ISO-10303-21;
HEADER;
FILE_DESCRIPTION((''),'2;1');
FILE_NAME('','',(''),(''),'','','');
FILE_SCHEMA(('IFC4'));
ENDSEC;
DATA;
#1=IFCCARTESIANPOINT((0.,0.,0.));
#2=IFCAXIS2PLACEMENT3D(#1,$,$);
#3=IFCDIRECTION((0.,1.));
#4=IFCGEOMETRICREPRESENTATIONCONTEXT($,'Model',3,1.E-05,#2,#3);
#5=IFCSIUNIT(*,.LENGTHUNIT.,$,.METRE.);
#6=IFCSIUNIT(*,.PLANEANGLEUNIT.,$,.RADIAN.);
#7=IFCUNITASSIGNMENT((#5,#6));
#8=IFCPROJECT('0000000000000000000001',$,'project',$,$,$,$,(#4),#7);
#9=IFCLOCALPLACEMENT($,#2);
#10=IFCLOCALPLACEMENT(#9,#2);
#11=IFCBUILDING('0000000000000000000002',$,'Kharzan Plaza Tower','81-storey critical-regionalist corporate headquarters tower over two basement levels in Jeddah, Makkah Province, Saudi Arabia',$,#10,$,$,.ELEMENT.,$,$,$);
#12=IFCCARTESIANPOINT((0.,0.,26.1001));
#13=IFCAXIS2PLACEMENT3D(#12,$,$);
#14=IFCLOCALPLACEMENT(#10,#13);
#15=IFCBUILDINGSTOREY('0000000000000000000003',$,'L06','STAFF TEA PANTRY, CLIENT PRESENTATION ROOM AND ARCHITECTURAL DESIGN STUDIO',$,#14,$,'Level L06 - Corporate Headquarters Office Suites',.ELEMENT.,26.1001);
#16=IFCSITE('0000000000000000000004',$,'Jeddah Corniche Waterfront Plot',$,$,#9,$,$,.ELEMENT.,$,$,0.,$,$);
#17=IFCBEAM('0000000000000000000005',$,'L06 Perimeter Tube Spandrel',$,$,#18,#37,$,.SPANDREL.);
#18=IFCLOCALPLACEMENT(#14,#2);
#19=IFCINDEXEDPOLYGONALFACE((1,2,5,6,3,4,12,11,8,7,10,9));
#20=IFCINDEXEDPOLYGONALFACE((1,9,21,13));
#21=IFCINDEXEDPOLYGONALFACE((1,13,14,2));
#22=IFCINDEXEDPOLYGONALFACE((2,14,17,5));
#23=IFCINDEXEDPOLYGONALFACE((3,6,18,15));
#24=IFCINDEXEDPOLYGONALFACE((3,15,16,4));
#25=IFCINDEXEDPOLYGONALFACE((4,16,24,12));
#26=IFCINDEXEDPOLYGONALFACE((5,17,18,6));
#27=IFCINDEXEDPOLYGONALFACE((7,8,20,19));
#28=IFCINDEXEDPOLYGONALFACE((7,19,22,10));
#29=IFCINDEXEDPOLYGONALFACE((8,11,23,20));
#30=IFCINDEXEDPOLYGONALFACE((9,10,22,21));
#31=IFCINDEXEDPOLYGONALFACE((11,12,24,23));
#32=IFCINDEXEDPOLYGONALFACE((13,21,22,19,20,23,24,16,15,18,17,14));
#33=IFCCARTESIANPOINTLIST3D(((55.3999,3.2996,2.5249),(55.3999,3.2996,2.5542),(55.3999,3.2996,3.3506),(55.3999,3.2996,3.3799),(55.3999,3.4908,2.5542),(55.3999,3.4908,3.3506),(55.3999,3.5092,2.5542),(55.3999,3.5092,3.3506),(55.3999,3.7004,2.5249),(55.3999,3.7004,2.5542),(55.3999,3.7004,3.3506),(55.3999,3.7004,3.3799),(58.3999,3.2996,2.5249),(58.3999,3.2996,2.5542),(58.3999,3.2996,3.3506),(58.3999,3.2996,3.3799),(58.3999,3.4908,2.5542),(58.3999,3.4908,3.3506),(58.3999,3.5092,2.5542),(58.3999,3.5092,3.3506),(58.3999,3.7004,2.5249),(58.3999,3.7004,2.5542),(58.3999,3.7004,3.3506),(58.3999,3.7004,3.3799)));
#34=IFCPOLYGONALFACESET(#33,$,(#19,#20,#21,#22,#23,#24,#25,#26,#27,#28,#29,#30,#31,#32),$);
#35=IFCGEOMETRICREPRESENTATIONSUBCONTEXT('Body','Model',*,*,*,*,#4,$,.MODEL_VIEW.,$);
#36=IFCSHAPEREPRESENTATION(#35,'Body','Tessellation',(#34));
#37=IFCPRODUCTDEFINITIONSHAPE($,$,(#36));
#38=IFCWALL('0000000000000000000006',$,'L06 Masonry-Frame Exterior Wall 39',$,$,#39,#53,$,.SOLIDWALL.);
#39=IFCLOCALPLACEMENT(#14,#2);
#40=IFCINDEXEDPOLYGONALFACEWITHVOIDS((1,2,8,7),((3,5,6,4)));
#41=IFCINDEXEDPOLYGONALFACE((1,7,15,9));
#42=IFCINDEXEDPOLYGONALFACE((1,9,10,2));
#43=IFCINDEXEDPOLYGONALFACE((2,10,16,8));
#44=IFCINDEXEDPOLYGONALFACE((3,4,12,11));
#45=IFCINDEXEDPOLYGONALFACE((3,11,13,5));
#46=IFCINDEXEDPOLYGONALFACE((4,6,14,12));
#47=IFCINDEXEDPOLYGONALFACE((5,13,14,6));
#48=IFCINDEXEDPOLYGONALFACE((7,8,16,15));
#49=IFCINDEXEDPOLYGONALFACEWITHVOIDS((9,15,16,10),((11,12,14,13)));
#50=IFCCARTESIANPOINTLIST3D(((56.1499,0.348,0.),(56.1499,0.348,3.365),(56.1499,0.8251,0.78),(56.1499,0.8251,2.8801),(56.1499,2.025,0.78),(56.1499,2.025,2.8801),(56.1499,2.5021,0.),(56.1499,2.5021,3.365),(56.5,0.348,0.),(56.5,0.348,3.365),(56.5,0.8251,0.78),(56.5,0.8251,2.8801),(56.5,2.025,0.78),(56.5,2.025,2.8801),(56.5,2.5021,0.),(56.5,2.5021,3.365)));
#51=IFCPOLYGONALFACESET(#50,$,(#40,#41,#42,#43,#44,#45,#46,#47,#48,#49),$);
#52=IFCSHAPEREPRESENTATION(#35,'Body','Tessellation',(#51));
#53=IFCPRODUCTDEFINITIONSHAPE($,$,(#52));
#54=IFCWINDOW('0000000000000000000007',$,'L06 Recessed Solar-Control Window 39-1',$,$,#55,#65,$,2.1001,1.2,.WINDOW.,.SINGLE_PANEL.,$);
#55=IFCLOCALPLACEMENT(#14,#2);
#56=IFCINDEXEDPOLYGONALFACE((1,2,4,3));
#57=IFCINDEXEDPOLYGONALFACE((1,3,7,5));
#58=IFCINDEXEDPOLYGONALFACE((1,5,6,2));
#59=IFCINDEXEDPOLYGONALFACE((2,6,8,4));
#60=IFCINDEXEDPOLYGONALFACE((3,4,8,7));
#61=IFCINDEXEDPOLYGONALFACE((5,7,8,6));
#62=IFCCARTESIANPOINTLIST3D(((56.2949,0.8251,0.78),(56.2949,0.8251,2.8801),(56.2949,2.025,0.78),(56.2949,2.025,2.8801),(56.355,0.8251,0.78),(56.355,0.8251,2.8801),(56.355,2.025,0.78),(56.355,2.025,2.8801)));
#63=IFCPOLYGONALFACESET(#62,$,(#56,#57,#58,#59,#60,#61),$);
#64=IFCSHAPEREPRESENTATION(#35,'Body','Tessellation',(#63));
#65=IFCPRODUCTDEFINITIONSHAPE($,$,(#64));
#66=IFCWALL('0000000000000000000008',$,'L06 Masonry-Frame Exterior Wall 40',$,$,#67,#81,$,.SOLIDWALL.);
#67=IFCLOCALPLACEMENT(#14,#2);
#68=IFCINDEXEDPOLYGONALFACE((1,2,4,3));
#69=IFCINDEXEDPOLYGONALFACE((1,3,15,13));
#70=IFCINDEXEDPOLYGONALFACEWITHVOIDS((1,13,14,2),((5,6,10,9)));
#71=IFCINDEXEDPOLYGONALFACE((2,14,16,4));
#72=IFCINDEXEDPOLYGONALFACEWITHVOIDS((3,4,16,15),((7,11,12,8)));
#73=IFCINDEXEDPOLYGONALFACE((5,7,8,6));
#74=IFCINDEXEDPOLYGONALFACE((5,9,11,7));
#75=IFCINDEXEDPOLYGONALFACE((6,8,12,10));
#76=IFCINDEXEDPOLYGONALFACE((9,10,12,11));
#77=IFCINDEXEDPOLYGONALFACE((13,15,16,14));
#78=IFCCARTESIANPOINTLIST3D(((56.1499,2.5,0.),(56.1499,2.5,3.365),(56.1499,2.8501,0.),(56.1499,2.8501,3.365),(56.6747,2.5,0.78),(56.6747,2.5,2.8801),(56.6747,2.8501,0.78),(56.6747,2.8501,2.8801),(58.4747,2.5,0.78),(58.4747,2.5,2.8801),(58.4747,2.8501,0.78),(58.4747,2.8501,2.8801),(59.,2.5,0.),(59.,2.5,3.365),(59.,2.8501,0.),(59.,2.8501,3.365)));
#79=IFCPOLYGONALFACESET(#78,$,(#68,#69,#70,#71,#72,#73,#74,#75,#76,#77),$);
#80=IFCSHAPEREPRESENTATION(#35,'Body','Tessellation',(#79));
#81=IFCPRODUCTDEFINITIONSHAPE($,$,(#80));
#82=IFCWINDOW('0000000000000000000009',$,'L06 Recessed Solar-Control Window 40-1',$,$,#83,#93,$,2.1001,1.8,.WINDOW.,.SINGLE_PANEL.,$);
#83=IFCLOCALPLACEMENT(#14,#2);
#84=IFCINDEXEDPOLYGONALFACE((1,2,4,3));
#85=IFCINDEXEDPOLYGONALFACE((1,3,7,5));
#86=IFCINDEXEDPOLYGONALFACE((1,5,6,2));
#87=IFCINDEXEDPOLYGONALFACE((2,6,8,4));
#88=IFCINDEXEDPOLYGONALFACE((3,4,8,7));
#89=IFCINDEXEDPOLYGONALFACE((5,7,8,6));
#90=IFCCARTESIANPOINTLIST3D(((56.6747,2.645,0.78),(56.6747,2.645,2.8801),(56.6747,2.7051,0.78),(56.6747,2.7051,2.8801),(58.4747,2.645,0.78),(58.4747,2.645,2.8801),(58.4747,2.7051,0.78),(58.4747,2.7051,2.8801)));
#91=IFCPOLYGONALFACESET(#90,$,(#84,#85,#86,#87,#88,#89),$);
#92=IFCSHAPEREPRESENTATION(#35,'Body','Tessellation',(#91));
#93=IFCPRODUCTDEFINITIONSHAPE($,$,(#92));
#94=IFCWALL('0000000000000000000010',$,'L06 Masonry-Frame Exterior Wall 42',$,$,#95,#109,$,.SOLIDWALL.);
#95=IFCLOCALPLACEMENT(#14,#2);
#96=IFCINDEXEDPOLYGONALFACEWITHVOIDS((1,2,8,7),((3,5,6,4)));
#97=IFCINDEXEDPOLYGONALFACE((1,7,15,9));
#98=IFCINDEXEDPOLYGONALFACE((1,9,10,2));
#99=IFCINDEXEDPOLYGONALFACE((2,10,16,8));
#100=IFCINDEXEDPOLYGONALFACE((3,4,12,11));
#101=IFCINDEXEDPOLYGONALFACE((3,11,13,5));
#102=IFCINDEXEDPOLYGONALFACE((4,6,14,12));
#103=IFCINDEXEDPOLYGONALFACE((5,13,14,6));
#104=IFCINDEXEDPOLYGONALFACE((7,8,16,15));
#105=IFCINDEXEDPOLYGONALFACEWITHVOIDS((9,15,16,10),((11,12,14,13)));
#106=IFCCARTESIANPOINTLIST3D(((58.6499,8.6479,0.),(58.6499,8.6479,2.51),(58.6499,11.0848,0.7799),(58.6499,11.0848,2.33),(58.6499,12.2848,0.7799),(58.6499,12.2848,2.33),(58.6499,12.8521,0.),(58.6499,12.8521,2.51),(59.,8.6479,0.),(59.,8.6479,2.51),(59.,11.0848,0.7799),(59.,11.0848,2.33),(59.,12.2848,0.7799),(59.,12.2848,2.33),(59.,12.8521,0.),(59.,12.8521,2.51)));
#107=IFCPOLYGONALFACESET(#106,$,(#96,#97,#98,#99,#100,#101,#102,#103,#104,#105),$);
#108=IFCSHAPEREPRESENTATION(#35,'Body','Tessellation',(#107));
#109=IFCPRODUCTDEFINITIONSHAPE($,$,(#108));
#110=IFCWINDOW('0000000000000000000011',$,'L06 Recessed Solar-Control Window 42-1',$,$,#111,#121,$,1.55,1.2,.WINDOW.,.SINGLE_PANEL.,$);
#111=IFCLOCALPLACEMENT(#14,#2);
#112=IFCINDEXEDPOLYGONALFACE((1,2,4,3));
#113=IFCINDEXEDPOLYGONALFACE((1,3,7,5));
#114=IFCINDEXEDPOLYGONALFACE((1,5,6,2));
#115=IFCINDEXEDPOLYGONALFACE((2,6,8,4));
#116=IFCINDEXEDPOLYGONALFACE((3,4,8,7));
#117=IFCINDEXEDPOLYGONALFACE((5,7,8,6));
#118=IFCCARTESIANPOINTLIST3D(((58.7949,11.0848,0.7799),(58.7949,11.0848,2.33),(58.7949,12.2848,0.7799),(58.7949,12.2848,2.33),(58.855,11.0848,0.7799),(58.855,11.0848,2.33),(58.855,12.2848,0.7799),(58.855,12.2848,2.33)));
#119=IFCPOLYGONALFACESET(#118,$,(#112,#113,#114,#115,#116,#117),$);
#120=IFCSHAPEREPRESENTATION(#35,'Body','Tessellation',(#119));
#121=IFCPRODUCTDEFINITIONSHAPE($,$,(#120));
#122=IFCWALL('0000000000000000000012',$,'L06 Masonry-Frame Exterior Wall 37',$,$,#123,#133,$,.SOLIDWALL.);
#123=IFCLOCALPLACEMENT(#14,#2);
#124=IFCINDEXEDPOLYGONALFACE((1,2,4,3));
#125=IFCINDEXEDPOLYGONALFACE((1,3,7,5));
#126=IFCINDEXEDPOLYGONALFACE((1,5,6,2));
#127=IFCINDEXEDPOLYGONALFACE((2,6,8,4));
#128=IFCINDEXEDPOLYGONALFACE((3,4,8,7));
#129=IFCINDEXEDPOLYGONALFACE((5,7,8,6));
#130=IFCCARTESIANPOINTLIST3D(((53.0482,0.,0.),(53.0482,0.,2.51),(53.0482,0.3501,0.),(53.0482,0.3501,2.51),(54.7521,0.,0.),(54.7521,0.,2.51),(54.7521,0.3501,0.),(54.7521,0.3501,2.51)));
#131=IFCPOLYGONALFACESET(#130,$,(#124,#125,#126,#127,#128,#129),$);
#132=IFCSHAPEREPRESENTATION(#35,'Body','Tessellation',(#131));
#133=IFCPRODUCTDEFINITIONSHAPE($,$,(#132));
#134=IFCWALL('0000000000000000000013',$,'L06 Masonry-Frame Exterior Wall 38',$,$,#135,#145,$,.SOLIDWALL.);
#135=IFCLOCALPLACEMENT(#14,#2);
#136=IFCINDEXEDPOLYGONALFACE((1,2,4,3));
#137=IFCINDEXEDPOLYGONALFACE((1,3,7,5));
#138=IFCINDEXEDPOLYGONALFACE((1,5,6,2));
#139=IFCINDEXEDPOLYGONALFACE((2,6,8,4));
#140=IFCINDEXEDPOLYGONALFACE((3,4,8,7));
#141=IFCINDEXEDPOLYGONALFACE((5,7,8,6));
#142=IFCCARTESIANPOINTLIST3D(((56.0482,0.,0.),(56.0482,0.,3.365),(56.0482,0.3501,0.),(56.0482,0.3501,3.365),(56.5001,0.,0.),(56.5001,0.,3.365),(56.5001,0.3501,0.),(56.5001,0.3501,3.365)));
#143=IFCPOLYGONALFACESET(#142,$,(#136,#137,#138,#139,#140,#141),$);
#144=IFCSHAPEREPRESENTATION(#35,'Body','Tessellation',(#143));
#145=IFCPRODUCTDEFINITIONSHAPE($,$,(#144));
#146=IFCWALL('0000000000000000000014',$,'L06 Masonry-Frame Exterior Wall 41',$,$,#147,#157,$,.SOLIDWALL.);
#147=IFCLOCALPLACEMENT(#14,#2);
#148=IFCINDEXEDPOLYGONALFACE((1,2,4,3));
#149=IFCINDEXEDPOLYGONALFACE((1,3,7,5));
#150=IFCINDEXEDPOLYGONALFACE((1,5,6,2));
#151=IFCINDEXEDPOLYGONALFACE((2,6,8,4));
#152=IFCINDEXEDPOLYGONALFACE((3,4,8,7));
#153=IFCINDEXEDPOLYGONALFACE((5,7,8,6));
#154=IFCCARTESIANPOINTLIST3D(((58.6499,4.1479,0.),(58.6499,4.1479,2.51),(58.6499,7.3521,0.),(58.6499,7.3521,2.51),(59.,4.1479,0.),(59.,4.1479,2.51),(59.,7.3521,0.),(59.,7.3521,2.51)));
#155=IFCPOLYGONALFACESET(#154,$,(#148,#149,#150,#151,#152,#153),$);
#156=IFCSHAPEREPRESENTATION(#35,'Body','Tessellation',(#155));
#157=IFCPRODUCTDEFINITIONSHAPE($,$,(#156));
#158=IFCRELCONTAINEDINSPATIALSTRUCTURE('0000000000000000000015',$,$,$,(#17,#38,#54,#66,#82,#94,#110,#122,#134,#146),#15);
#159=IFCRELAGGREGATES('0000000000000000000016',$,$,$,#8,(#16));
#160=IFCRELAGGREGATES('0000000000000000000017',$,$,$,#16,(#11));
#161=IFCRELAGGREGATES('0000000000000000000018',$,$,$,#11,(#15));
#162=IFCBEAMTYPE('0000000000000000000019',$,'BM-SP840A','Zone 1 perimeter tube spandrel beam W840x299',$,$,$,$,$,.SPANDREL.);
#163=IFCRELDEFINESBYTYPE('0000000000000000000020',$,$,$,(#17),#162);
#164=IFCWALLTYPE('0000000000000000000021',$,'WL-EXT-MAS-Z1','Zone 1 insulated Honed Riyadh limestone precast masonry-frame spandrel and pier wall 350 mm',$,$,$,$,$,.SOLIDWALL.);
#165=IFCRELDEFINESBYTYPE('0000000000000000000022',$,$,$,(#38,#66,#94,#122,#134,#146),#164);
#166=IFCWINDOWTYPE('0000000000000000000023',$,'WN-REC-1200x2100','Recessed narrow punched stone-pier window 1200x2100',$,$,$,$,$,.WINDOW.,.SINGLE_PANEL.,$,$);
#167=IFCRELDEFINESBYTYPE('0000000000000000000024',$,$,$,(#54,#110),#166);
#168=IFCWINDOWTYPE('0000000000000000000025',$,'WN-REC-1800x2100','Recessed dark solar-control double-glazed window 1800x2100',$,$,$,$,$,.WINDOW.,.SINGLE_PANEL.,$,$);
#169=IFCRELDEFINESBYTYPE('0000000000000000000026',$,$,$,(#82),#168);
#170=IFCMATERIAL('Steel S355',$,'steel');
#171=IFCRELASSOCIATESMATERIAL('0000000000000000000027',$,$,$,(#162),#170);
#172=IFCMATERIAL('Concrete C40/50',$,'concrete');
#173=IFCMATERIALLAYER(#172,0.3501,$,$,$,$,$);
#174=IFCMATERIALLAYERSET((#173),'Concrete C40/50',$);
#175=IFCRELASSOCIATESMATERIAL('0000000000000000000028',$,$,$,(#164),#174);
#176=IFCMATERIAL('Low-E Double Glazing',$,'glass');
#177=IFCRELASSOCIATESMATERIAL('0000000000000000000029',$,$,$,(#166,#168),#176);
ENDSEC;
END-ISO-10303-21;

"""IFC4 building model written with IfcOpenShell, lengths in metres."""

from ifc_helpers import new_model, si_unit, direction, frame, frame_2d, origin, origin_2d, place, context, subcontext, project, spatial, rectangle, i_section, extrude, source, transform, mapped, material, layer, layer_set, material_profile, profile_set, type_object, element, fill, save


model = new_model("IFC4")

# Units and contexts
model_context = context("Model", 3, precision=1e-05, world=origin(), true_north=direction((0.0, 1.0)))
body_context = subcontext(model_context, "Body", "Model", "MODEL_VIEW")
ifc_project = project(units=[si_unit("LENGTHUNIT", "METRE"), si_unit("PLANEANGLEUNIT", "RADIAN")], contexts=[model_context])

# Site, building, storey
site_placement = place(None, origin())
site = spatial("IfcSite", under=ifc_project, at=site_placement, Name="Jeddah Corniche Waterfront Plot", CompositionType="ELEMENT", RefElevation=0.0)
building_placement = place(site_placement, origin())
building = spatial("IfcBuilding", under=site, at=building_placement, Name="Kharzan Plaza Tower", Description="81-storey critical-regionalist corporate headquarters tower over two basement levels in Jeddah, Makkah Province, Saudi Arabia", CompositionType="ELEMENT")
storey_placement = place(building_placement, frame((0.0, 0.0, 26.1001)))
storey = spatial("IfcBuildingStorey", under=building, at=storey_placement, Name="L06", Description="STAFF TEA PANTRY, CLIENT PRESENTATION ROOM AND ARCHITECTURAL DESIGN STUDIO", LongName="Level L06 - Corporate Headquarters Office Suites", CompositionType="ELEMENT", Elevation=26.1001)

# Beam
ifc_material_1 = material(Name="Steel S355", Category="steel")
ifc_material_profile_1 = material_profile(ifc_material_1, i_section(OverallWidth=0.4009, OverallDepth=0.855, WebThickness=0.0183, FlangeThickness=0.0293, at=origin_2d()), Name="W840x299")
ifc_profile_set_1 = profile_set([ifc_material_profile_1], Name="Steel S355")
beam_type_1 = type_object("IfcBeamType", Name="BM-SP840A", Description="Zone 1 perimeter tube spandrel beam W840x299", PredefinedType="SPANDREL", material=ifc_profile_set_1)
shared_shape_1 = source(origin(), body_context, "Body", "SweptSolid", [
    extrude(i_section(OverallWidth=0.4009, OverallDepth=0.855, WebThickness=0.0183, FlangeThickness=0.0293, at=origin_2d()), origin(), (0.0, 0.0, 1.0), 3.0),
])
for number, where, z_axis, x_axis, name in (
    (1, (55.3999, 3.5, 2.9524), (1.0, 0.0, 0.0), (0.0, 1.0, 0.0), "L06 Perimeter Tube Spandrel"),
):
    element("IfcBeam", number, at=place(storey_placement, frame(where, z_axis=z_axis, x_axis=x_axis)), inside=storey, type_object=beam_type_1, Name=name, PredefinedType="SPANDREL", context=body_context, shape_type="MappedRepresentation", body=[
        mapped(shared_shape_1, transform((0.0, 0.0, 0.0), x_axis=(1.0, 0.0, 0.0), y_axis=(0.0, 1.0, 0.0), z_axis=(0.0, 0.0, 1.0))),
    ])

# Walls, openings, windows
ifc_material_2 = material(Name="Concrete C40/50", Category="concrete")
ifc_layer_1 = layer(ifc_material_2, 0.3501)
ifc_layer_set_1 = layer_set([ifc_layer_1], Name="Concrete C40/50")
wall_type_1 = type_object("IfcWallType", Name="WL-EXT-MAS-Z1", Description="Zone 1 insulated Honed Riyadh limestone precast masonry-frame spandrel and pier wall 350 mm", PredefinedType="SOLIDWALL", material=ifc_layer_set_1)
wall_1_placement = place(storey_placement, frame((56.325, 0.3479, 0.0), z_axis=(0.0, 0.0, 1.0), x_axis=(0.0, 1.0, 0.0)))
wall_1 = element("IfcWall", 2, at=wall_1_placement, inside=storey, type_object=wall_type_1, Name="L06 Masonry-Frame Exterior Wall 39", PredefinedType="SOLIDWALL", context=body_context, shape_type="SweptSolid", body=[
    extrude(rectangle(XDim=2.1541, YDim=0.3501, at=frame_2d((1.0771, 0.0))), origin(), (0.0, 0.0, 1.0), 3.365),
])
opening_1_placement = place(wall_1_placement, frame((0.4771, 0.0, 0.78)))
opening_1 = element("IfcOpeningElement", 3, at=opening_1_placement, cuts=wall_1, PredefinedType="OPENING", context=body_context, shape_type="SweptSolid", body=[
    extrude(rectangle(XDim=1.2, YDim=2.1001, at=frame_2d((0.6001, 1.05))), frame((0.0, 0.1851, 0.0), z_axis=(0.0, -1.0, 0.0), x_axis=(1.0, 0.0, 0.0)), (0.0, 0.0, 1.0), 0.3701),
])
ifc_material_3 = material(Name="Low-E Double Glazing", Category="glass")
window_type_1 = type_object("IfcWindowType", Name="WN-REC-1200x2100", Description="Recessed narrow punched stone-pier window 1200x2100", PartitioningType="SINGLE_PANEL", PredefinedType="WINDOW", material=ifc_material_3)
shared_shape_2 = source(origin(), body_context, "Body", "SweptSolid", [
    extrude(rectangle(XDim=1.2, YDim=2.1001, at=frame_2d((0.6001, 1.05))), frame((0.0, 0.03, 0.0), z_axis=(0.0, -1.0, 0.0), x_axis=(1.0, 0.0, 0.0)), (0.0, 0.0, 1.0), 0.0601),
])
window_1_placement = place(opening_1_placement, origin())
window_1 = element("IfcWindow", 4, at=window_1_placement, inside=storey, type_object=window_type_1, Name="L06 Recessed Solar-Control Window 39-1", OverallHeight=2.1001, OverallWidth=1.2, PartitioningType="SINGLE_PANEL", PredefinedType="WINDOW", context=body_context, shape_type="MappedRepresentation", body=[
    mapped(shared_shape_2, transform((0.0, 0.0, 0.0), x_axis=(1.0, 0.0, 0.0), y_axis=(0.0, 1.0, 0.0), z_axis=(0.0, 0.0, 1.0))),
])
fill(opening_1, window_1)
wall_2_placement = place(storey_placement, frame((56.1499, 2.675, 0.0), z_axis=(0.0, 0.0, 1.0), x_axis=(1.0, 0.0, 0.0)))
wall_2 = element("IfcWall", 5, at=wall_2_placement, inside=storey, type_object=wall_type_1, Name="L06 Masonry-Frame Exterior Wall 40", PredefinedType="SOLIDWALL", context=body_context, shape_type="SweptSolid", body=[
    extrude(rectangle(XDim=2.8501, YDim=0.3501, at=frame_2d((1.425, 0.0))), origin(), (0.0, 0.0, 1.0), 3.365),
])
opening_2_placement = place(wall_2_placement, frame((0.5249, 0.0, 0.78)))
opening_2 = element("IfcOpeningElement", 6, at=opening_2_placement, cuts=wall_2, PredefinedType="OPENING", context=body_context, shape_type="SweptSolid", body=[
    extrude(rectangle(XDim=1.8, YDim=2.1001, at=frame_2d((0.8999, 1.05))), frame((0.0, 0.1851, 0.0), z_axis=(0.0, -1.0, 0.0), x_axis=(1.0, 0.0, 0.0)), (0.0, 0.0, 1.0), 0.3701),
])
window_type_2 = type_object("IfcWindowType", Name="WN-REC-1800x2100", Description="Recessed dark solar-control double-glazed window 1800x2100", PartitioningType="SINGLE_PANEL", PredefinedType="WINDOW", material=ifc_material_3)
shared_shape_3 = source(origin(), body_context, "Body", "SweptSolid", [
    extrude(rectangle(XDim=1.8, YDim=2.1001, at=frame_2d((0.8999, 1.05))), frame((0.0, 0.03, 0.0), z_axis=(0.0, -1.0, 0.0), x_axis=(1.0, 0.0, 0.0)), (0.0, 0.0, 1.0), 0.0601),
])
window_2_placement = place(opening_2_placement, origin())
window_2 = element("IfcWindow", 7, at=window_2_placement, inside=storey, type_object=window_type_2, Name="L06 Recessed Solar-Control Window 40-1", OverallHeight=2.1001, OverallWidth=1.8, PartitioningType="SINGLE_PANEL", PredefinedType="WINDOW", context=body_context, shape_type="MappedRepresentation", body=[
    mapped(shared_shape_3, transform((0.0, 0.0, 0.0), x_axis=(1.0, 0.0, 0.0), y_axis=(0.0, 1.0, 0.0), z_axis=(0.0, 0.0, 1.0))),
])
fill(opening_2, window_2)
wall_3_placement = place(storey_placement, frame((58.825, 8.6479, 0.0), z_axis=(0.0, 0.0, 1.0), x_axis=(0.0, 1.0, 0.0)))
wall_3 = element("IfcWall", 8, at=wall_3_placement, inside=storey, type_object=wall_type_1, Name="L06 Masonry-Frame Exterior Wall 42", PredefinedType="SOLIDWALL", context=body_context, shape_type="SweptSolid", body=[
    extrude(rectangle(XDim=4.2041, YDim=0.3501, at=frame_2d((2.1021, 0.0))), origin(), (0.0, 0.0, 1.0), 2.51),
])
opening_3_placement = place(wall_3_placement, frame((2.4368, 0.0, 0.78)))
opening_3 = element("IfcOpeningElement", 9, at=opening_3_placement, cuts=wall_3, PredefinedType="OPENING", context=body_context, shape_type="SweptSolid", body=[
    extrude(rectangle(XDim=1.2, YDim=1.55, at=frame_2d((0.6001, 0.7749))), frame((0.0, 0.1851, 0.0), z_axis=(0.0, -1.0, 0.0), x_axis=(1.0, 0.0, 0.0)), (0.0, 0.0, 1.0), 0.3701),
])
shared_shape_4 = source(origin(), body_context, "Body", "SweptSolid", [
    extrude(rectangle(XDim=1.2, YDim=1.55, at=frame_2d((0.6001, 0.7749))), frame((0.0, 0.03, 0.0), z_axis=(0.0, -1.0, 0.0), x_axis=(1.0, 0.0, 0.0)), (0.0, 0.0, 1.0), 0.0601),
])
window_3_placement = place(opening_3_placement, origin())
window_3 = element("IfcWindow", 10, at=window_3_placement, inside=storey, type_object=window_type_1, Name="L06 Recessed Solar-Control Window 42-1", OverallHeight=1.55, OverallWidth=1.2, PartitioningType="SINGLE_PANEL", PredefinedType="WINDOW", context=body_context, shape_type="MappedRepresentation", body=[
    mapped(shared_shape_4, transform((0.0, 0.0, 0.0), x_axis=(1.0, 0.0, 0.0), y_axis=(0.0, 1.0, 0.0), z_axis=(0.0, 0.0, 1.0))),
])
fill(opening_3, window_3)

# Walls
shared_shape_5 = source(origin(), body_context, "Body", "SweptSolid", [
    extrude(rectangle(XDim=1.7039, YDim=0.3501, at=frame_2d((0.8521, 0.0))), origin(), (0.0, 0.0, 1.0), 2.51),
])
wall_4_placement = place(storey_placement, frame((53.0481, 0.175, 0.0), z_axis=(0.0, 0.0, 1.0), x_axis=(1.0, 0.0, 0.0)))
element("IfcWall", 11, at=wall_4_placement, inside=storey, type_object=wall_type_1, Name="L06 Masonry-Frame Exterior Wall 37", PredefinedType="SOLIDWALL", context=body_context, shape_type="MappedRepresentation", body=[
    mapped(shared_shape_5, transform((0.0, 0.0, 0.0), x_axis=(1.0, 0.0, 0.0), y_axis=(0.0, 1.0, 0.0), z_axis=(0.0, 0.0, 1.0))),
])
shared_shape_6 = source(origin(), body_context, "Body", "SweptSolid", [
    extrude(rectangle(XDim=0.4519, YDim=0.3501, at=frame_2d((0.2261, 0.0))), origin(), (0.0, 0.0, 1.0), 3.365),
])
wall_5_placement = place(storey_placement, frame((56.0481, 0.175, 0.0), z_axis=(0.0, 0.0, 1.0), x_axis=(1.0, 0.0, 0.0)))
element("IfcWall", 12, at=wall_5_placement, inside=storey, type_object=wall_type_1, Name="L06 Masonry-Frame Exterior Wall 38", PredefinedType="SOLIDWALL", context=body_context, shape_type="MappedRepresentation", body=[
    mapped(shared_shape_6, transform((0.0, 0.0, 0.0), x_axis=(1.0, 0.0, 0.0), y_axis=(0.0, 1.0, 0.0), z_axis=(0.0, 0.0, 1.0))),
])
shared_shape_7 = source(origin(), body_context, "Body", "SweptSolid", [
    extrude(rectangle(XDim=3.2041, YDim=0.3501, at=frame_2d((1.6021, 0.0))), origin(), (0.0, 0.0, 1.0), 2.51),
])
wall_6_placement = place(storey_placement, frame((58.825, 4.1479, 0.0), z_axis=(0.0, 0.0, 1.0), x_axis=(0.0, 1.0, 0.0)))
element("IfcWall", 13, at=wall_6_placement, inside=storey, type_object=wall_type_1, Name="L06 Masonry-Frame Exterior Wall 41", PredefinedType="SOLIDWALL", context=body_context, shape_type="MappedRepresentation", body=[
    mapped(shared_shape_7, transform((0.0, 0.0, 0.0), x_axis=(1.0, 0.0, 0.0), y_axis=(0.0, 1.0, 0.0), z_axis=(0.0, 0.0, 1.0))),
])

save(model, "model.ifc")
